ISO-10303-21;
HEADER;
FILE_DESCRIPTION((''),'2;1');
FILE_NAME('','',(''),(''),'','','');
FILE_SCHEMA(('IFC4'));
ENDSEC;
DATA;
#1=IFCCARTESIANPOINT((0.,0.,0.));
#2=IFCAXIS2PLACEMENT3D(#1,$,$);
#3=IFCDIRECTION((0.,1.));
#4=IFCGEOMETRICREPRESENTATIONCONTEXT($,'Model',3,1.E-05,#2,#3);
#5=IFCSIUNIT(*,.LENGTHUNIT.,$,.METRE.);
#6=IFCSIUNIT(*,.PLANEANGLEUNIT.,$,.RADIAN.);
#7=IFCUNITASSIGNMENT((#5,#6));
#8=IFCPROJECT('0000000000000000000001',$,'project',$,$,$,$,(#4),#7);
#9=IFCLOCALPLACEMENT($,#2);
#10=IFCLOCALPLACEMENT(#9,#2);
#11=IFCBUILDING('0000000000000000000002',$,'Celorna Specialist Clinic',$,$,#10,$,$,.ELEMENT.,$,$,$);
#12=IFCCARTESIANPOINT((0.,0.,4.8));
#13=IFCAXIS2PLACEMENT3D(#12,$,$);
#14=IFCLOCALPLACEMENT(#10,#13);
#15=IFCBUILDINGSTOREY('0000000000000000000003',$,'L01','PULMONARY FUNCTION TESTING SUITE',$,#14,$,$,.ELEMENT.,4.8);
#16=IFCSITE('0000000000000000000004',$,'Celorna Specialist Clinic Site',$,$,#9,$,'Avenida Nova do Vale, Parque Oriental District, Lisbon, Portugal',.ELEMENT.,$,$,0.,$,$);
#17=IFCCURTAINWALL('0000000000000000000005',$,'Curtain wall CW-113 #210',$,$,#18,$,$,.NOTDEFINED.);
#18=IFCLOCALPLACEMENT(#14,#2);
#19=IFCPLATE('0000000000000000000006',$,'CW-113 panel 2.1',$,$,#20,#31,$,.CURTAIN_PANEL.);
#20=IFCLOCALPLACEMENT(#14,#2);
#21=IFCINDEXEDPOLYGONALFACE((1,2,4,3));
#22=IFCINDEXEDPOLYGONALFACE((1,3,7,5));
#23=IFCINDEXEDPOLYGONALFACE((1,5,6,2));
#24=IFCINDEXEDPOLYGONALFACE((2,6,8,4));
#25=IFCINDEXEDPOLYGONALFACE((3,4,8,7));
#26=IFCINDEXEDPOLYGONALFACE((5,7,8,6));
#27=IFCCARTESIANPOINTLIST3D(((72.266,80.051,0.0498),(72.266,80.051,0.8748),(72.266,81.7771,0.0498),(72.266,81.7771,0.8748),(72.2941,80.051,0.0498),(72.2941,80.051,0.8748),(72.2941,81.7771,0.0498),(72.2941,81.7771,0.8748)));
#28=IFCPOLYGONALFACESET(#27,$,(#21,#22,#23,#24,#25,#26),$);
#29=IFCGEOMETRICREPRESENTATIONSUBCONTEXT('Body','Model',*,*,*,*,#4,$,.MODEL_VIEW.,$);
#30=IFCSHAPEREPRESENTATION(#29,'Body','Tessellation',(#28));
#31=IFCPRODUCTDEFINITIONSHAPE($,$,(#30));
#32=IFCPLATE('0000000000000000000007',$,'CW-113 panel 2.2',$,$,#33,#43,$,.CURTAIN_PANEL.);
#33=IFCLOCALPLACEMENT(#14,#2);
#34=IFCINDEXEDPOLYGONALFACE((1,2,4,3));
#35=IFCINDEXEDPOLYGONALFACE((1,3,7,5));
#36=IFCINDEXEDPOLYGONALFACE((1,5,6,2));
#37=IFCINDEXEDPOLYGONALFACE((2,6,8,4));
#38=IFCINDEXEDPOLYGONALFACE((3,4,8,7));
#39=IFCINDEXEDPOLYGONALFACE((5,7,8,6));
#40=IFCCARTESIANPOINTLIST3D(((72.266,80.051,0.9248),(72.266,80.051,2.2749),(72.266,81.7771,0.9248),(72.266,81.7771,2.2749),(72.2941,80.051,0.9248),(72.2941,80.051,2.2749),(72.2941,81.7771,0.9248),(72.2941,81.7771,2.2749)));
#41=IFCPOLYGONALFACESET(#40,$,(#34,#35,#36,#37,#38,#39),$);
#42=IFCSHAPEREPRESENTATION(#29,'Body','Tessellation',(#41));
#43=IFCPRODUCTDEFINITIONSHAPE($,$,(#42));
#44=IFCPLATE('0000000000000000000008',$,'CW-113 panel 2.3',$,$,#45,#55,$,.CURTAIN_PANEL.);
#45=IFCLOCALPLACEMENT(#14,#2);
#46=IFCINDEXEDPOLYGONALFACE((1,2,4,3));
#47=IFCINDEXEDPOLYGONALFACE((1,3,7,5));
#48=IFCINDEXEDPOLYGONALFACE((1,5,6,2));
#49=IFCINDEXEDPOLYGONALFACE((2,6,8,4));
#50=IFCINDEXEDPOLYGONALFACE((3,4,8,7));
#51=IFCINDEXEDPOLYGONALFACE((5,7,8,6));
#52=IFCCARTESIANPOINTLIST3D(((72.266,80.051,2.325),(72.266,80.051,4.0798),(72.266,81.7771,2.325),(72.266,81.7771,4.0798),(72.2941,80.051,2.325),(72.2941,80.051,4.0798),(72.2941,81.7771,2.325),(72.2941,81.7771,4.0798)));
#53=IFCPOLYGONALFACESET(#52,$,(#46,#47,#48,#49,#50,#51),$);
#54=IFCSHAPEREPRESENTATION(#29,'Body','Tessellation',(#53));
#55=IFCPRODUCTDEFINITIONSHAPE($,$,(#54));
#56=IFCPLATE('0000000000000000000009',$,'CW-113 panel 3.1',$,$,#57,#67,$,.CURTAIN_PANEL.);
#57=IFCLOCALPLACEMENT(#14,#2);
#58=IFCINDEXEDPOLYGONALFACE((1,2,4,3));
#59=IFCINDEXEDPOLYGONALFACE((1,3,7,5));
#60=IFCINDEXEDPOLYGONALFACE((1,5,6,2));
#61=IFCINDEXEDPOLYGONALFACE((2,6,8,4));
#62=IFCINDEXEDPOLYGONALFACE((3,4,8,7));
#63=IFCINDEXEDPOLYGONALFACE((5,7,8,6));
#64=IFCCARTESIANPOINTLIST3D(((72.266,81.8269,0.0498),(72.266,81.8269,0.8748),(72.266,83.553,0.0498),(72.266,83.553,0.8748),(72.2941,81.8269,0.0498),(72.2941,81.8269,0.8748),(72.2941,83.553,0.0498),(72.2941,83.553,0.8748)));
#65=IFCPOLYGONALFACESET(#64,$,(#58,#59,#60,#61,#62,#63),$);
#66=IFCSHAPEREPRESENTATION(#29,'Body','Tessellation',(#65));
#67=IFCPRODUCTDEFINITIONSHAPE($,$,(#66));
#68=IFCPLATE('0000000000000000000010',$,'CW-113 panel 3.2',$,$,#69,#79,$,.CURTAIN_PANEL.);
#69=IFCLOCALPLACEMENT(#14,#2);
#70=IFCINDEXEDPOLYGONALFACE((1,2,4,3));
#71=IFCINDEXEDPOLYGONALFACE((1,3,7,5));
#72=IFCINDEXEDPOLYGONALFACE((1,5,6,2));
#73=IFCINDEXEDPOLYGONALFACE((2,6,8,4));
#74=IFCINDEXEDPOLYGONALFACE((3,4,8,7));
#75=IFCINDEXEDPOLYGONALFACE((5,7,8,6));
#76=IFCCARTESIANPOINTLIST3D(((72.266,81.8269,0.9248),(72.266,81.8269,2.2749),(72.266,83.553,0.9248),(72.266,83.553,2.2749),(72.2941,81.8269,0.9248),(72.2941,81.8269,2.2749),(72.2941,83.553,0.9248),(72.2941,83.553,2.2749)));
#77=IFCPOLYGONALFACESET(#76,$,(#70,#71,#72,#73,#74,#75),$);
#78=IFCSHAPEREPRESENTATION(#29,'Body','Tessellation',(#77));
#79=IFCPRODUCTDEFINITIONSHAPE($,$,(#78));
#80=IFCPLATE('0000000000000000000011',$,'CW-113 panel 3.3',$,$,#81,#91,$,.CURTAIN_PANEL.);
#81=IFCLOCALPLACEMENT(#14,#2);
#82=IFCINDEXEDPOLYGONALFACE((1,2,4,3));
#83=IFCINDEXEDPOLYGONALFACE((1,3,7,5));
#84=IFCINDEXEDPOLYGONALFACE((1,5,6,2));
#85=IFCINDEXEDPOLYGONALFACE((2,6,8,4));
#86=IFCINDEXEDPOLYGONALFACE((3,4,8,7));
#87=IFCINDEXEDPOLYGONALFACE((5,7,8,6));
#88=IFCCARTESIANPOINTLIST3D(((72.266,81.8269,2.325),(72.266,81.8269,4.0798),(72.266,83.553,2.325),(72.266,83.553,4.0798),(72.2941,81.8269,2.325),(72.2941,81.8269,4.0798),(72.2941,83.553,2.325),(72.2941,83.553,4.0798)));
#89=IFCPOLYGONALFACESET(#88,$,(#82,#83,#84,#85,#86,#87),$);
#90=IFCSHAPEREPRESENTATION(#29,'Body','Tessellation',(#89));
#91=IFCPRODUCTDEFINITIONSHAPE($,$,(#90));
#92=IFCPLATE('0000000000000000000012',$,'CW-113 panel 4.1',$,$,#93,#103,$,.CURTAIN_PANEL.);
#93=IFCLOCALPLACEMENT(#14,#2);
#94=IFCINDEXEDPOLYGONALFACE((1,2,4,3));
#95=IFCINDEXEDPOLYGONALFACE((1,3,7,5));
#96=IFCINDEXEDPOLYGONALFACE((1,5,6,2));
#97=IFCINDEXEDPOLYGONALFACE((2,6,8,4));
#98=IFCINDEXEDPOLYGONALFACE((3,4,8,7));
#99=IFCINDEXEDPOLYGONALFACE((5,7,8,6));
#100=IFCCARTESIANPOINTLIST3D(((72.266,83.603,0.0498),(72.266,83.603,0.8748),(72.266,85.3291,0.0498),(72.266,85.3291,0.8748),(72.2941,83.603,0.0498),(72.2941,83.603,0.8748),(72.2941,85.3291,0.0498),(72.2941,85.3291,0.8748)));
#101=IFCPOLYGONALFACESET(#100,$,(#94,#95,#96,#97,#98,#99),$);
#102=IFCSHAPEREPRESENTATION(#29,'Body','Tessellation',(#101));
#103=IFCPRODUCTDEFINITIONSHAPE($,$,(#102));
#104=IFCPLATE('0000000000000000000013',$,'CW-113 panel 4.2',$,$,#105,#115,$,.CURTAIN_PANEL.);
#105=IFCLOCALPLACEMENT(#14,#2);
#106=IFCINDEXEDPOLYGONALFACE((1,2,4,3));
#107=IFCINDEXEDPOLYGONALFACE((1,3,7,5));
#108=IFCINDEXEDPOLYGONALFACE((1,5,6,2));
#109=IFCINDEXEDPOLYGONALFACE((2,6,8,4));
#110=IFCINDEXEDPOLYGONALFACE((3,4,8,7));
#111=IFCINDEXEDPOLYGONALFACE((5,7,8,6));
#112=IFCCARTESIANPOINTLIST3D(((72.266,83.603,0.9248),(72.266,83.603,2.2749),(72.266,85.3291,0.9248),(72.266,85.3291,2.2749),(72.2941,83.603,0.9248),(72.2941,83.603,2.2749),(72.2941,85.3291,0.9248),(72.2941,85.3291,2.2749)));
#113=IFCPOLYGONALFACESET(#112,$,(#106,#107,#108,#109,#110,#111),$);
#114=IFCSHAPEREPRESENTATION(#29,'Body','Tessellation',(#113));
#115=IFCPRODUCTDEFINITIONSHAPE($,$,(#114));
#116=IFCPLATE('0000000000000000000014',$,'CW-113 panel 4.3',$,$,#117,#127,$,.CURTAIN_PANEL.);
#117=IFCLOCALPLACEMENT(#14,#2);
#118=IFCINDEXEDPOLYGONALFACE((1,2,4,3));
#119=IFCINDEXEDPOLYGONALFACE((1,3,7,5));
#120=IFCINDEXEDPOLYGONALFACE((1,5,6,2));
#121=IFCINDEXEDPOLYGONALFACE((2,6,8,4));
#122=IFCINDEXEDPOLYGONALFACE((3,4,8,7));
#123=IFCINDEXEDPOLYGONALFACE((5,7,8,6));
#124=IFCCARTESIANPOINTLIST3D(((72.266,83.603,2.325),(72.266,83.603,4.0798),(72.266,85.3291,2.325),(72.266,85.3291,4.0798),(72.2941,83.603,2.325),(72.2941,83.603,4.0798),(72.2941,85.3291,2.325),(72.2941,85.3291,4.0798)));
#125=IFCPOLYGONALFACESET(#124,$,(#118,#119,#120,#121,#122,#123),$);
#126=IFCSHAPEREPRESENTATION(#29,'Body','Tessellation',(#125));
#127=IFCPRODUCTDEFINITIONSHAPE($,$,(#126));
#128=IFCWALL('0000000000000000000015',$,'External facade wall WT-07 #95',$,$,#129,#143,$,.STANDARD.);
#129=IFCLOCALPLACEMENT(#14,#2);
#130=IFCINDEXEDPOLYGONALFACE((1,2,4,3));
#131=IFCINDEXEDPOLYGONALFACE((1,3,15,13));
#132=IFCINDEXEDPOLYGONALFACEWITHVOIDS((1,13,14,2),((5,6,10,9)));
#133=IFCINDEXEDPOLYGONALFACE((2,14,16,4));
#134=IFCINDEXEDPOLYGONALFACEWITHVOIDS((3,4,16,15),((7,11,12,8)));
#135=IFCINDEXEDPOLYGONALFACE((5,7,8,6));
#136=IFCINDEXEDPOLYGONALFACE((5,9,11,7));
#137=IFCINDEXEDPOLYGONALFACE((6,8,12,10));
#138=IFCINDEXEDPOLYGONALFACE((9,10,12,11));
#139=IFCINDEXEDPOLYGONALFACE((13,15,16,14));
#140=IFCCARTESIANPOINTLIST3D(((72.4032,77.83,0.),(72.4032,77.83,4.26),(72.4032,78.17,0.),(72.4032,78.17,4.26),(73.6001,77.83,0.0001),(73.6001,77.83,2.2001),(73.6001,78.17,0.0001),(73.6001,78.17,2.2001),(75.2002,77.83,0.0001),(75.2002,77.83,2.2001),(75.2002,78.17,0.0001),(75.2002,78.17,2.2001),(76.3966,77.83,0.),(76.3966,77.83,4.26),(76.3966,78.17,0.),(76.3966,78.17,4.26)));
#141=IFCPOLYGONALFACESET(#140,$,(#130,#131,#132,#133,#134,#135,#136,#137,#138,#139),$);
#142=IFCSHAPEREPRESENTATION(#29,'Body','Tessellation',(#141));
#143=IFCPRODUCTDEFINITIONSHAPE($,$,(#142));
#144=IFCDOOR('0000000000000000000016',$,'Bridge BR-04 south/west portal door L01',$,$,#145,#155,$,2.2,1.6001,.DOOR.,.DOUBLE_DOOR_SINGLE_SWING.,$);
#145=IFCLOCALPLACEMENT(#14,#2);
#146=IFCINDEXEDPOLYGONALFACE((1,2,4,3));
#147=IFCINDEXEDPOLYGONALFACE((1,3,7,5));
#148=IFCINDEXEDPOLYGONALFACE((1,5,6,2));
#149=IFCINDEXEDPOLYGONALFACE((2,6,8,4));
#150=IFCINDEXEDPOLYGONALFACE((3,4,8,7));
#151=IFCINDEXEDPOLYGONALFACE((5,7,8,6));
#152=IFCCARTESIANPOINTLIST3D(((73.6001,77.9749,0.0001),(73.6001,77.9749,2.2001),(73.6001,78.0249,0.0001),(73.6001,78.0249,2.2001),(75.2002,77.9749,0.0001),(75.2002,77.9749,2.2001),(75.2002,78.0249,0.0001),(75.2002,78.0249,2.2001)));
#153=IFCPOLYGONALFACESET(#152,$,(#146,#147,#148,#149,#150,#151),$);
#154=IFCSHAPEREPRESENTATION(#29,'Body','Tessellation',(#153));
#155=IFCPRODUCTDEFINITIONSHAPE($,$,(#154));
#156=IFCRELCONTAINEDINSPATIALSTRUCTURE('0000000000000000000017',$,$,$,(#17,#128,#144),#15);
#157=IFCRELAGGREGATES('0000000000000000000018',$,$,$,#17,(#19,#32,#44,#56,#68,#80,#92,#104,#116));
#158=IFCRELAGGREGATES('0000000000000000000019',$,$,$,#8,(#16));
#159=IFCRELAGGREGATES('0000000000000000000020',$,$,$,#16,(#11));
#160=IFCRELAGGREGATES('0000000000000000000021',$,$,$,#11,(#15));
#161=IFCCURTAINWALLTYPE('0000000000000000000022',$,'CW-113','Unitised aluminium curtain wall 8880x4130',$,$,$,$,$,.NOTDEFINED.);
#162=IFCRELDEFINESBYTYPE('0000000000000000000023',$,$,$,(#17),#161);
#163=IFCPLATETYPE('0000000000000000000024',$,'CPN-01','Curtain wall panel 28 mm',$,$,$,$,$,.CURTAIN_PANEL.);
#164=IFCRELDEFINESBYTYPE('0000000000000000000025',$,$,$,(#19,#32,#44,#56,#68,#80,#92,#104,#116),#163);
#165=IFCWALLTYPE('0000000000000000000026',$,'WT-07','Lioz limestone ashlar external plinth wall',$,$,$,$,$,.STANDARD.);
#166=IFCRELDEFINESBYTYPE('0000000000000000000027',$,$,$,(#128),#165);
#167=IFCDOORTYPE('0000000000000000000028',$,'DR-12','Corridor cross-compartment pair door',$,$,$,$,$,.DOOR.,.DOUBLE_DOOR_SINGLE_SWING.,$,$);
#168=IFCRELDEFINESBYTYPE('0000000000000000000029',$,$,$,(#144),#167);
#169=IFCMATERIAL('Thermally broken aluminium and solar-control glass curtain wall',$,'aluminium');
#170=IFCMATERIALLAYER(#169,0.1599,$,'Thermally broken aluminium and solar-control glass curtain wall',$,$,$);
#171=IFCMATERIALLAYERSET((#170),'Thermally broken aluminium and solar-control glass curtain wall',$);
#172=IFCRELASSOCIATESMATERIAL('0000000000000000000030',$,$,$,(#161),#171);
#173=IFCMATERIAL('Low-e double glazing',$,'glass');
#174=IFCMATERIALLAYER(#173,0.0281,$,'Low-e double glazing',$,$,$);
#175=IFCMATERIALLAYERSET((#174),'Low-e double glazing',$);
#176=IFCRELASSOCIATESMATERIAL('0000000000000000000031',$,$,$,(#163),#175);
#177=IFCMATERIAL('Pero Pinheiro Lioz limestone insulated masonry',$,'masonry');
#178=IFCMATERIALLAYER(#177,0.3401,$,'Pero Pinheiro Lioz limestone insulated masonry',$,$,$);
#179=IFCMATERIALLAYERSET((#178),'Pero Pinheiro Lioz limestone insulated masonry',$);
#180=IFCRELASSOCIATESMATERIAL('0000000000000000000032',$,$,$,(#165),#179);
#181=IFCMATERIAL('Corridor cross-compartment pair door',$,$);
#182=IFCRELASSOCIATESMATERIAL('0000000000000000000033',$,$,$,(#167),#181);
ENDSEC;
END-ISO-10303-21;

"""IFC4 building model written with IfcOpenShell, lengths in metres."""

from ifc_helpers import new_model, si_unit, direction, frame, frame_2d, origin, origin_2d, place, context, subcontext, project, spatial, rectangle, extrude, material, layer, layer_set, type_object, element, fill, aggregate, save


model = new_model("IFC4")

# Units and contexts
model_context = context("Model", 3, precision=1e-05, world=origin(), true_north=direction((0.0, 1.0)))
body_context = subcontext(model_context, "Body", "Model", "MODEL_VIEW")
ifc_project = project(units=[si_unit("LENGTHUNIT", "METRE"), si_unit("PLANEANGLEUNIT", "RADIAN")], contexts=[model_context])

# Site, building, storey
site_placement = place(None, origin())
site = spatial("IfcSite", under=ifc_project, at=site_placement, Name="Celorna Specialist Clinic Site", LongName="Avenida Nova do Vale, Parque Oriental District, Lisbon, Portugal", CompositionType="ELEMENT", RefElevation=0.0)
building_placement = place(site_placement, origin())
building = spatial("IfcBuilding", under=site, at=building_placement, Name="Celorna Specialist Clinic", CompositionType="ELEMENT")
storey_placement = place(building_placement, frame((0.0, 0.0, 4.8)))
storey = spatial("IfcBuildingStorey", under=building, at=storey_placement, Name="L01", Description="PULMONARY FUNCTION TESTING SUITE", CompositionType="ELEMENT", Elevation=4.8)

# Curtain wall, plates
ifc_material_1 = material(Name="Thermally broken aluminium and solar-control glass curtain wall", Category="aluminium")
ifc_layer_1 = layer(ifc_material_1, 0.1599, Name="Thermally broken aluminium and solar-control glass curtain wall")
ifc_layer_set_1 = layer_set([ifc_layer_1], Name="Thermally broken aluminium and solar-control glass curtain wall")
curtain_wall_type = type_object("IfcCurtainWallType", Name="CW-113", Description="Unitised aluminium curtain wall 8880x4130", PredefinedType="NOTDEFINED", material=ifc_layer_set_1)
curtain_wall_placement = place(storey_placement, origin())
curtain_wall = element("IfcCurtainWall", 1, at=curtain_wall_placement, inside=storey, type_object=curtain_wall_type, Name="Curtain wall CW-113 #210", PredefinedType="NOTDEFINED")
ifc_material_2 = material(Name="Low-e double glazing", Category="glass")
ifc_layer_2 = layer(ifc_material_2, 0.0281, Name="Low-e double glazing")
ifc_layer_set_2 = layer_set([ifc_layer_2], Name="Low-e double glazing")
plate_type = type_object("IfcPlateType", Name="CPN-01", Description="Curtain wall panel 28 mm", PredefinedType="CURTAIN_PANEL", material=ifc_layer_set_2)
plate_1_placement = place(storey_placement, frame((72.28, 80.9141, 0.0498), z_axis=(0.0, 0.0, 1.0), x_axis=(0.0, 1.0, 0.0)))
plate_1 = element("IfcPlate", 2, at=plate_1_placement, type_object=plate_type, Name="CW-113 panel 2.1", PredefinedType="CURTAIN_PANEL", context=body_context, shape_type="SweptSolid", body=[
    extrude(rectangle(XDim=1.7261, YDim=0.0281, at=origin_2d()), origin(), (0.0, 0.0, 1.0), 0.825),
])
plate_2_placement = place(storey_placement, frame((72.28, 80.9141, 0.9248), z_axis=(0.0, 0.0, 1.0), x_axis=(0.0, 1.0, 0.0)))
plate_2 = element("IfcPlate", 3, at=plate_2_placement, type_object=plate_type, Name="CW-113 panel 2.2", PredefinedType="CURTAIN_PANEL", context=body_context, shape_type="SweptSolid", body=[
    extrude(rectangle(XDim=1.7261, YDim=0.0281, at=origin_2d()), origin(), (0.0, 0.0, 1.0), 1.3501),
])
plate_3_placement = place(storey_placement, frame((72.28, 80.9141, 2.325), z_axis=(0.0, 0.0, 1.0), x_axis=(0.0, 1.0, 0.0)))
plate_3 = element("IfcPlate", 4, at=plate_3_placement, type_object=plate_type, Name="CW-113 panel 2.3", PredefinedType="CURTAIN_PANEL", context=body_context, shape_type="SweptSolid", body=[
    extrude(rectangle(XDim=1.7261, YDim=0.0281, at=origin_2d()), origin(), (0.0, 0.0, 1.0), 1.7549),
])
plate_4_placement = place(storey_placement, frame((72.28, 82.6899, 0.0498), z_axis=(0.0, 0.0, 1.0), x_axis=(0.0, 1.0, 0.0)))
plate_4 = element("IfcPlate", 5, at=plate_4_placement, type_object=plate_type, Name="CW-113 panel 3.1", PredefinedType="CURTAIN_PANEL", context=body_context, shape_type="SweptSolid", body=[
    extrude(rectangle(XDim=1.7261, YDim=0.0281, at=origin_2d()), origin(), (0.0, 0.0, 1.0), 0.825),
])
plate_5_placement = place(storey_placement, frame((72.28, 82.6899, 0.9248), z_axis=(0.0, 0.0, 1.0), x_axis=(0.0, 1.0, 0.0)))
plate_5 = element("IfcPlate", 6, at=plate_5_placement, type_object=plate_type, Name="CW-113 panel 3.2", PredefinedType="CURTAIN_PANEL", context=body_context, shape_type="SweptSolid", body=[
    extrude(rectangle(XDim=1.7261, YDim=0.0281, at=origin_2d()), origin(), (0.0, 0.0, 1.0), 1.3501),
])
plate_6_placement = place(storey_placement, frame((72.28, 82.6899, 2.325), z_axis=(0.0, 0.0, 1.0), x_axis=(0.0, 1.0, 0.0)))
plate_6 = element("IfcPlate", 7, at=plate_6_placement, type_object=plate_type, Name="CW-113 panel 3.3", PredefinedType="CURTAIN_PANEL", context=body_context, shape_type="SweptSolid", body=[
    extrude(rectangle(XDim=1.7261, YDim=0.0281, at=origin_2d()), origin(), (0.0, 0.0, 1.0), 1.7549),
])
plate_7_placement = place(storey_placement, frame((72.28, 84.4661, 0.0498), z_axis=(0.0, 0.0, 1.0), x_axis=(0.0, 1.0, 0.0)))
plate_7 = element("IfcPlate", 8, at=plate_7_placement, type_object=plate_type, Name="CW-113 panel 4.1", PredefinedType="CURTAIN_PANEL", context=body_context, shape_type="SweptSolid", body=[
    extrude(rectangle(XDim=1.7261, YDim=0.0281, at=origin_2d()), origin(), (0.0, 0.0, 1.0), 0.825),
])
plate_8_placement = place(storey_placement, frame((72.28, 84.4661, 0.9248), z_axis=(0.0, 0.0, 1.0), x_axis=(0.0, 1.0, 0.0)))
plate_8 = element("IfcPlate", 9, at=plate_8_placement, type_object=plate_type, Name="CW-113 panel 4.2", PredefinedType="CURTAIN_PANEL", context=body_context, shape_type="SweptSolid", body=[
    extrude(rectangle(XDim=1.7261, YDim=0.0281, at=origin_2d()), origin(), (0.0, 0.0, 1.0), 1.3501),
])
plate_9_placement = place(storey_placement, frame((72.28, 84.4661, 2.325), z_axis=(0.0, 0.0, 1.0), x_axis=(0.0, 1.0, 0.0)))
plate_9 = element("IfcPlate", 10, at=plate_9_placement, type_object=plate_type, Name="CW-113 panel 4.3", PredefinedType="CURTAIN_PANEL", context=body_context, shape_type="SweptSolid", body=[
    extrude(rectangle(XDim=1.7261, YDim=0.0281, at=origin_2d()), origin(), (0.0, 0.0, 1.0), 1.7549),
])
aggregate(curtain_wall, [plate_1, plate_2, plate_3, plate_4, plate_5, plate_6, plate_7, plate_8, plate_9])

# Wall, opening, door
ifc_material_3 = material(Name="Pero Pinheiro Lioz limestone insulated masonry", Category="masonry")
ifc_layer_3 = layer(ifc_material_3, 0.3401, Name="Pero Pinheiro Lioz limestone insulated masonry")
ifc_layer_set_3 = layer_set([ifc_layer_3], Name="Pero Pinheiro Lioz limestone insulated masonry")
wall_type = type_object("IfcWallType", Name="WT-07", Description="Lioz limestone ashlar external plinth wall", PredefinedType="STANDARD", material=ifc_layer_set_3)
wall_placement = place(storey_placement, frame((72.4033, 78.0, 0.0), z_axis=(0.0, 0.0, 1.0), x_axis=(1.0, 0.0, 0.0)))
wall = element("IfcWall", 11, at=wall_placement, inside=storey, type_object=wall_type, Name="External facade wall WT-07 #95", PredefinedType="STANDARD", context=body_context, shape_type="SweptSolid", body=[
    extrude(rectangle(XDim=3.9934, YDim=0.3401, at=frame_2d((1.9966, 0.0))), origin(), (0.0, 0.0, 1.0), 4.26),
])
opening_placement = place(wall_placement, frame((1.1968, 0.0, 0.0)))
opening = element("IfcOpeningElement", 12, at=opening_placement, cuts=wall, PredefinedType="OPENING", context=body_context, shape_type="SweptSolid", body=[
    extrude(rectangle(XDim=1.6001, YDim=2.2, at=frame_2d((0.8, 1.1001))), frame((0.0, 0.1799, 0.0), z_axis=(0.0, -1.0, 0.0), x_axis=(1.0, 0.0, 0.0)), (0.0, 0.0, 1.0), 0.3601),
])
ifc_material_4 = material(Name="Corridor cross-compartment pair door")
door_type = type_object("IfcDoorType", Name="DR-12", Description="Corridor cross-compartment pair door", OperationType="DOUBLE_DOOR_SINGLE_SWING", PredefinedType="DOOR", material=ifc_material_4)
door_placement = place(opening_placement, origin())
door = element("IfcDoor", 13, at=door_placement, inside=storey, type_object=door_type, Name="Bridge BR-04 south/west portal door L01", OperationType="DOUBLE_DOOR_SINGLE_SWING", OverallHeight=2.2, OverallWidth=1.6001, PredefinedType="DOOR", context=body_context, shape_type="SweptSolid", body=[
    extrude(rectangle(XDim=1.6001, YDim=2.2, at=frame_2d((0.8, 1.1001))), frame((0.0, 0.0249, 0.0), z_axis=(0.0, -1.0, 0.0), x_axis=(1.0, 0.0, 0.0)), (0.0, 0.0, 1.0), 0.05),
])
fill(opening, door)

save(model, "model.ifc")
